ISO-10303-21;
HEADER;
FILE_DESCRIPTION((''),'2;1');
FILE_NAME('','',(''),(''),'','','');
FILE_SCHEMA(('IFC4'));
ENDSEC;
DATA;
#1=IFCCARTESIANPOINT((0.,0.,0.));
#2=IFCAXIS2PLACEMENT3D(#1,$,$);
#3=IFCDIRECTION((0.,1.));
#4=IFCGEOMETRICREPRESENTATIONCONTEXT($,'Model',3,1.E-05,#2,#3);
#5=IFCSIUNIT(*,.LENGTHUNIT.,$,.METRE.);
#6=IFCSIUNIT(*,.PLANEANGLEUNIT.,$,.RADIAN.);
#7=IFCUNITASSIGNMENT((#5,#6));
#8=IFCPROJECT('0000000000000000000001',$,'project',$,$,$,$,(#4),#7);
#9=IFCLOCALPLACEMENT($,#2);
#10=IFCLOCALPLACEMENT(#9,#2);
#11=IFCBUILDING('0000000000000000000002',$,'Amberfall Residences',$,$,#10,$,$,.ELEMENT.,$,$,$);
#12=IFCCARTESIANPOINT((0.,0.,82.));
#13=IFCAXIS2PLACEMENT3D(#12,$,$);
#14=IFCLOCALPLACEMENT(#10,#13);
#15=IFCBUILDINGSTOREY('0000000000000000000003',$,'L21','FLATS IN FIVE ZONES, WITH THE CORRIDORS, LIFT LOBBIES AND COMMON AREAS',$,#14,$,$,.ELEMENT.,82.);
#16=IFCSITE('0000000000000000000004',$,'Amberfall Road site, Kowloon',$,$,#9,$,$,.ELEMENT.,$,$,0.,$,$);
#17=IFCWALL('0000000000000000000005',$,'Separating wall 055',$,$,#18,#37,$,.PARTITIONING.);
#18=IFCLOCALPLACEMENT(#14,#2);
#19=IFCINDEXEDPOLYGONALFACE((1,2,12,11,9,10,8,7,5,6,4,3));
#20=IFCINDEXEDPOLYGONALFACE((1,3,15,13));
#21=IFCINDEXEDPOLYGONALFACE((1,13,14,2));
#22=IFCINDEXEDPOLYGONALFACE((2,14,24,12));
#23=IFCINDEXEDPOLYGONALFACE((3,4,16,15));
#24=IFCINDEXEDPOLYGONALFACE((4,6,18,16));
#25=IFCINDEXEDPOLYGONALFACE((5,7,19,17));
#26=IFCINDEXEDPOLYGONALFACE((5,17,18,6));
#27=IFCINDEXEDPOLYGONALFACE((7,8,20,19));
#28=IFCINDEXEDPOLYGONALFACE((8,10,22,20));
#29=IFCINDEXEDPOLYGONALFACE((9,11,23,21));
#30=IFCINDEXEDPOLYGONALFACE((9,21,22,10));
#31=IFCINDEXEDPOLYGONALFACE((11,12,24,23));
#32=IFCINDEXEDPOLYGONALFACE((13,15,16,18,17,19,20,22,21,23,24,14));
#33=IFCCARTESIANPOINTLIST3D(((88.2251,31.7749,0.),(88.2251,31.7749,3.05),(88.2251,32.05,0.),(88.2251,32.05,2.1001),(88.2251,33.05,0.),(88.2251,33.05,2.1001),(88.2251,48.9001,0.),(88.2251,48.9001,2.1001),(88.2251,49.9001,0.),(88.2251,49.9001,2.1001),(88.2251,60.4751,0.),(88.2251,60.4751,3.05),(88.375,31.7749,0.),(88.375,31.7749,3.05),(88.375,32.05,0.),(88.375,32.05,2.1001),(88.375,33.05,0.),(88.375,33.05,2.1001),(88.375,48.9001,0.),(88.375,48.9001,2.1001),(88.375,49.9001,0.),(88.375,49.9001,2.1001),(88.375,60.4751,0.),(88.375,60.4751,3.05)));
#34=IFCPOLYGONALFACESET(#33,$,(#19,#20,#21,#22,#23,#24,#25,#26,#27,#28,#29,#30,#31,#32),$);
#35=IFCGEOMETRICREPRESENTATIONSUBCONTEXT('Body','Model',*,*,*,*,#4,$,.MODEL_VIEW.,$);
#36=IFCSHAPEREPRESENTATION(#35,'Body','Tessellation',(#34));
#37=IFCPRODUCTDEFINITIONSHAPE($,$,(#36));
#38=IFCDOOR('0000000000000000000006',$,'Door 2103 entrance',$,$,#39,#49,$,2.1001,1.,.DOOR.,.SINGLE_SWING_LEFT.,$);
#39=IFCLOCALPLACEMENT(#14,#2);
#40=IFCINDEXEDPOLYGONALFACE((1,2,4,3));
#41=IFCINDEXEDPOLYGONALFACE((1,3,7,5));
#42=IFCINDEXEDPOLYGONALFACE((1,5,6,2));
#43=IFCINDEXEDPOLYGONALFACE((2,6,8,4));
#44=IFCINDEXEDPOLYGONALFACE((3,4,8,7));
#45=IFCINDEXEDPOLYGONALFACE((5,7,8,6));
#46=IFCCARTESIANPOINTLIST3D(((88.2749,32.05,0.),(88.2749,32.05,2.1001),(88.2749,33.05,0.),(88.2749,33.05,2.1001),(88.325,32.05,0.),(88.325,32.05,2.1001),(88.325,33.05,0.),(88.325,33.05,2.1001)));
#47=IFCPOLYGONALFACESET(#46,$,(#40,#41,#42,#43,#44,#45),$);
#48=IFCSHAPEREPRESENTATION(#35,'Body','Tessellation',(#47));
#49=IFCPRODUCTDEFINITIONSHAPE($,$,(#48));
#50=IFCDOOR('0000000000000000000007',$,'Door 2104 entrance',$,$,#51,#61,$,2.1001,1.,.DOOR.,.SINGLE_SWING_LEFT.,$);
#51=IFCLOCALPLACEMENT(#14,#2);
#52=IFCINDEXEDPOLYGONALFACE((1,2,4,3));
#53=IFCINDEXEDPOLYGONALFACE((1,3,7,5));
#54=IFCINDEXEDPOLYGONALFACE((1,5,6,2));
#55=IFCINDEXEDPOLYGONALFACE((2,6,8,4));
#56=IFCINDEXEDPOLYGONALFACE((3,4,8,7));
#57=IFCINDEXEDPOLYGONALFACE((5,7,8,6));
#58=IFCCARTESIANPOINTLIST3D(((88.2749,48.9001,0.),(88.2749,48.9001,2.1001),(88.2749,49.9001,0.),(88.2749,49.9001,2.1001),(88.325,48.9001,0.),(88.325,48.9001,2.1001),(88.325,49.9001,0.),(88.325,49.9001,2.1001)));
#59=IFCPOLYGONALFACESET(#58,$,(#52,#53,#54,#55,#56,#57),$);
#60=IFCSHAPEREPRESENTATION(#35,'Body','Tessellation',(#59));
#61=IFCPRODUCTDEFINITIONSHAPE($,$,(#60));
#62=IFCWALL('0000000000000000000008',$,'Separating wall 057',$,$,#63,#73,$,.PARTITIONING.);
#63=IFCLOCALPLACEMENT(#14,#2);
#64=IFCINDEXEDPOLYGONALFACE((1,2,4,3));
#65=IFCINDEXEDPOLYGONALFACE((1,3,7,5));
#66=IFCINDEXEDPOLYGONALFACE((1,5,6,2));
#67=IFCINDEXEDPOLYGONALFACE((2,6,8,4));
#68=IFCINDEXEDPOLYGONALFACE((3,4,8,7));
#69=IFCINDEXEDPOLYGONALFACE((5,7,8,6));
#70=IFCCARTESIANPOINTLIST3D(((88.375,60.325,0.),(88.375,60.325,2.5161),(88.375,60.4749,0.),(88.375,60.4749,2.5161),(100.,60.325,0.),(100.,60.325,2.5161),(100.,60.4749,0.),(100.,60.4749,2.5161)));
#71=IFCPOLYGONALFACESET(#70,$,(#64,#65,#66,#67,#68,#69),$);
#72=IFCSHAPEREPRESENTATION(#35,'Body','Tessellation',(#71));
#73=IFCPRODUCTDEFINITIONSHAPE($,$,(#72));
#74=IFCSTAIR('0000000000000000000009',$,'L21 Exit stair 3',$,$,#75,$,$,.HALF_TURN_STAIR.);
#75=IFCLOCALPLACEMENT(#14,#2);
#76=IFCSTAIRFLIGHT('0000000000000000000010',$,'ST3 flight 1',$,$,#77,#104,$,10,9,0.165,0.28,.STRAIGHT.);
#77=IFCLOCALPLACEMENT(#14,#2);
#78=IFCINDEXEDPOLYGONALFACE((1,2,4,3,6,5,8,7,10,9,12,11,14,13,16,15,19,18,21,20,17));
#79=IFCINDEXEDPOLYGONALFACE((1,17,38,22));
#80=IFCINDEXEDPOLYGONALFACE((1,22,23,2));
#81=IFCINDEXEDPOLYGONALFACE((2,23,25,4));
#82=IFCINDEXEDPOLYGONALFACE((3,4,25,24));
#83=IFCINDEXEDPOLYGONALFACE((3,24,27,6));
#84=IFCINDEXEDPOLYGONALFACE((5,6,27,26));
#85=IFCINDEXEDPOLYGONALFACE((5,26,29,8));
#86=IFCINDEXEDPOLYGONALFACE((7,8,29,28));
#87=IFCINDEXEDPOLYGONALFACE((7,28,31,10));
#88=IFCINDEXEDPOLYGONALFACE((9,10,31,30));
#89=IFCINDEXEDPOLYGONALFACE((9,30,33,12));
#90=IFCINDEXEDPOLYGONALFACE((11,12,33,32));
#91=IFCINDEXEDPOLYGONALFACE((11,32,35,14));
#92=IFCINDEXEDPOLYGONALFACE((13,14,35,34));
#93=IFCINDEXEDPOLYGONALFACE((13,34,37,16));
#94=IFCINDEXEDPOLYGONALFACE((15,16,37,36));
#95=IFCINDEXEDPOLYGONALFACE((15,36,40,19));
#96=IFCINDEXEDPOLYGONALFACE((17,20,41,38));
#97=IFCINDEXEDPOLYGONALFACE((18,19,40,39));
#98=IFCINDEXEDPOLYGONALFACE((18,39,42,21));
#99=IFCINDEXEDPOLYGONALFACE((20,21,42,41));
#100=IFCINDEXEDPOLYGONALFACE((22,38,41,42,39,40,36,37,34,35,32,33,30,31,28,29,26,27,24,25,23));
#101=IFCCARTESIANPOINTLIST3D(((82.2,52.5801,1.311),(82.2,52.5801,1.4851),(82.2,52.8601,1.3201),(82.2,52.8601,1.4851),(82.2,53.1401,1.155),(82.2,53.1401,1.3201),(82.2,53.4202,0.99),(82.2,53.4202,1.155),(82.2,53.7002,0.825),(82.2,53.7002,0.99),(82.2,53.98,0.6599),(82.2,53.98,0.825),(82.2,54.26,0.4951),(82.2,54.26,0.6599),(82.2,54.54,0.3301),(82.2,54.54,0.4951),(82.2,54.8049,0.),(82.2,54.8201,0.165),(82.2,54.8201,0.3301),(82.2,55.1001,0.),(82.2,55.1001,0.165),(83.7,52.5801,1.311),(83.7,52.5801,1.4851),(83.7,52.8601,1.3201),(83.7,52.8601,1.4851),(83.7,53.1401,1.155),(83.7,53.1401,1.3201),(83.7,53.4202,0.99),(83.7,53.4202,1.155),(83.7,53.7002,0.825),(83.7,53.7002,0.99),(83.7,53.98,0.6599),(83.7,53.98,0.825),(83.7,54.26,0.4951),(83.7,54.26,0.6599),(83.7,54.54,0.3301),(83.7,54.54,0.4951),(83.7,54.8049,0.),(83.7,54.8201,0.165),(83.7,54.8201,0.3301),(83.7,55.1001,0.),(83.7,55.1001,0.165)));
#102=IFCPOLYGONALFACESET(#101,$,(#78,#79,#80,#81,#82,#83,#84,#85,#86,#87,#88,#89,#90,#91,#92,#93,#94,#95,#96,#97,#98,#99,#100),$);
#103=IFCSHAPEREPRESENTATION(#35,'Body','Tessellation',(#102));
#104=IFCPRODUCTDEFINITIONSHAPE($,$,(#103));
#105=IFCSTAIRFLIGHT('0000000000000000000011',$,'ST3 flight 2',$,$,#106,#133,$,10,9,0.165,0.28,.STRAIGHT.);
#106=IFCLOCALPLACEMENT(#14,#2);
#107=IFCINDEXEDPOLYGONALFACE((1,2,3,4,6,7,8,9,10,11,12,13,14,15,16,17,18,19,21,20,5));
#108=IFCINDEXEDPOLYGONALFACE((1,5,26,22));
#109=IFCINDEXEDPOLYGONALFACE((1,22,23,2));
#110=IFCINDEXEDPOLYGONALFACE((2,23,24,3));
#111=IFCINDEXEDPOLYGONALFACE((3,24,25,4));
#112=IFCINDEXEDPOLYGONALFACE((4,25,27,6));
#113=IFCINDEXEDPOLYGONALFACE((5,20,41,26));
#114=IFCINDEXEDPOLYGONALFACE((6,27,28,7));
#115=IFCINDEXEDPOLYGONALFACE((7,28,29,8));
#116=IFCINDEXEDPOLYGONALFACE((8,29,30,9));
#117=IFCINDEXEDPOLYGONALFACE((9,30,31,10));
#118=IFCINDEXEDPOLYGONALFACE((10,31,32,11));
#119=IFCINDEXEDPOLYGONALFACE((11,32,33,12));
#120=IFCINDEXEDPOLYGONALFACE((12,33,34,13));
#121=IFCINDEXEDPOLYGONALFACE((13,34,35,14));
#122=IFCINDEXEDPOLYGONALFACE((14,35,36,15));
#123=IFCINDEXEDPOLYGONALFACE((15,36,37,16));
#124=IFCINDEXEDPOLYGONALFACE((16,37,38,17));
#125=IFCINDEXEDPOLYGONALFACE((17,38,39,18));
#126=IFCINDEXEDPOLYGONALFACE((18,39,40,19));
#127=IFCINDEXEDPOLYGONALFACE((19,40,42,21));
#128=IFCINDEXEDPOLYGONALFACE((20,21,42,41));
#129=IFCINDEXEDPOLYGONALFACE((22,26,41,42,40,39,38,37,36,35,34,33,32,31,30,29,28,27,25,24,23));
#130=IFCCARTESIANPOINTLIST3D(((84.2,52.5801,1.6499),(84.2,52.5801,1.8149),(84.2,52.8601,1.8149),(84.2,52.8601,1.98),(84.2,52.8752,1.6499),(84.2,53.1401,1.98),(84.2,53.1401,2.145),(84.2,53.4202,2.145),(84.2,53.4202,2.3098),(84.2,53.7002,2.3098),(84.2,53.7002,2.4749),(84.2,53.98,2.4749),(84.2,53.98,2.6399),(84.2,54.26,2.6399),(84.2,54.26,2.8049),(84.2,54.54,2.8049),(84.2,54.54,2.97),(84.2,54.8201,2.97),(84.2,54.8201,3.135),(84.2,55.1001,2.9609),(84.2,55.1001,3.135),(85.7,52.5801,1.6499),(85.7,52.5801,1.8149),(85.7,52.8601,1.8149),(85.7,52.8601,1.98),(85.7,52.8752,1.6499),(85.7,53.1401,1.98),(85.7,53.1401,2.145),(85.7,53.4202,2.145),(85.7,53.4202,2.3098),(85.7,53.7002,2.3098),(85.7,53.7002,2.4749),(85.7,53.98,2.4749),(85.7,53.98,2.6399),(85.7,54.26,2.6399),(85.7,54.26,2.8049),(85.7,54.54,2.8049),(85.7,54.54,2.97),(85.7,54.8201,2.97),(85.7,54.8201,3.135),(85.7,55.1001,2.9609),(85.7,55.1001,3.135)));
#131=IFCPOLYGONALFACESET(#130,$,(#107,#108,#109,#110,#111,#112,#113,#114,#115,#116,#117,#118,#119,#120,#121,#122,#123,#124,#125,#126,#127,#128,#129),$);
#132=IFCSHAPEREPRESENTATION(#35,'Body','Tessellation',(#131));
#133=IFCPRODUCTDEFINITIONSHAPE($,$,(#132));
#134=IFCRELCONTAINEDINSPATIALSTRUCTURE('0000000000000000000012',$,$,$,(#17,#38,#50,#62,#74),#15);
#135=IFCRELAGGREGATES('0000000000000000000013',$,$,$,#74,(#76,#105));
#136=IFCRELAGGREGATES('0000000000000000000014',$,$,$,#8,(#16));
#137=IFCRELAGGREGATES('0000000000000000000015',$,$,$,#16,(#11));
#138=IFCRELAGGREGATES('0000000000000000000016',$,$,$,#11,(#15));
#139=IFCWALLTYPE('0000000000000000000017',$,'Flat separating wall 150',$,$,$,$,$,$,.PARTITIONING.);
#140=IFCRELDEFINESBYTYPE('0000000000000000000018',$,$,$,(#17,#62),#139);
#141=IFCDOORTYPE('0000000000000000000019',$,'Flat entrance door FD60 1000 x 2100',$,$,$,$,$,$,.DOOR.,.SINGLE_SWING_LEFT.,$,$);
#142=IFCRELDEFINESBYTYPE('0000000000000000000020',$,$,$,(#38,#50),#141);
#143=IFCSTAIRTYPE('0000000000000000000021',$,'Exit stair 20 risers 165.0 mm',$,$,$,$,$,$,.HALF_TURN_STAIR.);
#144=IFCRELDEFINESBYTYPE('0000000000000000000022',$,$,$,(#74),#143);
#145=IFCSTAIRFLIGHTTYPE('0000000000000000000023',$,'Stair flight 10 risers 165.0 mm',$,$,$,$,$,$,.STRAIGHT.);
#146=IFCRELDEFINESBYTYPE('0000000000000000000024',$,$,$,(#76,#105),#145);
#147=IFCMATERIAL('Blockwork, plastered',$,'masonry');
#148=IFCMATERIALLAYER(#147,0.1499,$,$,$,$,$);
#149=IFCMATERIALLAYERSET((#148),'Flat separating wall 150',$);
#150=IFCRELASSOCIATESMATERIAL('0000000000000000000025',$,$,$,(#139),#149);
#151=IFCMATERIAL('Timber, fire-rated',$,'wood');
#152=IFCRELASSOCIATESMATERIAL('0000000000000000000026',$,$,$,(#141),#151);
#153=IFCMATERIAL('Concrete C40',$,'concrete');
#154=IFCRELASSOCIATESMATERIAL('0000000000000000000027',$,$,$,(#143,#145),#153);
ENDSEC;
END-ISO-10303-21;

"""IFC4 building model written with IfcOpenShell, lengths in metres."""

from ifc_helpers import new_model, si_unit, direction, frame, frame_2d, origin, place, context, subcontext, project, spatial, polyline, rectangle, outline, extrude, material, layer, layer_set, type_object, element, fill, aggregate, save


model = new_model("IFC4")

# Units and contexts
model_context = context("Model", 3, precision=1e-05, world=origin(), true_north=direction((0.0, 1.0)))
body_context = subcontext(model_context, "Body", "Model", "MODEL_VIEW")
ifc_project = project(units=[si_unit("LENGTHUNIT", "METRE"), si_unit("PLANEANGLEUNIT", "RADIAN")], contexts=[model_context])

# Site, building, storey
site_placement = place(None, origin())
site = spatial("IfcSite", under=ifc_project, at=site_placement, Name="Amberfall Road site, Kowloon", CompositionType="ELEMENT", RefElevation=0.0)
building_placement = place(site_placement, origin())
building = spatial("IfcBuilding", under=site, at=building_placement, Name="Amberfall Residences", CompositionType="ELEMENT")
storey_placement = place(building_placement, frame((0.0, 0.0, 82.0)))
storey = spatial("IfcBuildingStorey", under=building, at=storey_placement, Name="L21", Description="FLATS IN FIVE ZONES, WITH THE CORRIDORS, LIFT LOBBIES AND COMMON AREAS", CompositionType="ELEMENT", Elevation=82.0)

# Wall, openings, doors
ifc_material_1 = material(Name="Blockwork, plastered", Category="masonry")
ifc_layer_1 = layer(ifc_material_1, 0.1499)
ifc_layer_set_1 = layer_set([ifc_layer_1], Name="Flat separating wall 150")
wall_type_1 = type_object("IfcWallType", Name="Flat separating wall 150", PredefinedType="PARTITIONING", material=ifc_layer_set_1)
wall_1_placement = place(storey_placement, frame((88.3, 60.4751, 0.0), z_axis=(0.0, 0.0, 1.0), x_axis=(0.0, -1.0, 0.0)))
wall_1 = element("IfcWall", 1, at=wall_1_placement, inside=storey, type_object=wall_type_1, Name="Separating wall 055", PredefinedType="PARTITIONING", context=body_context, shape_type="SweptSolid", body=[
    extrude(rectangle(XDim=28.7002, YDim=0.1499, at=frame_2d((14.3501, 0.0))), origin(), (0.0, 0.0, 1.0), 3.05),
])
opening_1_placement = place(wall_1_placement, frame((27.425, 0.0, 0.0)))
opening_1 = element("IfcOpeningElement", 2, at=opening_1_placement, cuts=wall_1, PredefinedType="OPENING", context=body_context, shape_type="SweptSolid", body=[
    extrude(rectangle(XDim=1.0, YDim=2.1001, at=frame_2d((0.5, 1.05))), frame((0.0, 0.085, 0.0), z_axis=(0.0, -1.0, 0.0), x_axis=(1.0, 0.0, 0.0)), (0.0, 0.0, 1.0), 0.1699),
])
opening_2_placement = place(wall_1_placement, frame((10.575, 0.0, 0.0)))
opening_2 = element("IfcOpeningElement", 3, at=opening_2_placement, cuts=wall_1, PredefinedType="OPENING", context=body_context, shape_type="SweptSolid", body=[
    extrude(rectangle(XDim=1.0, YDim=2.1001, at=frame_2d((0.5, 1.05))), frame((0.0, 0.085, 0.0), z_axis=(0.0, -1.0, 0.0), x_axis=(1.0, 0.0, 0.0)), (0.0, 0.0, 1.0), 0.1699),
])
ifc_material_2 = material(Name="Timber, fire-rated", Category="wood")
door_type_1 = type_object("IfcDoorType", Name="Flat entrance door FD60 1000 x 2100", OperationType="SINGLE_SWING_LEFT", PredefinedType="DOOR", material=ifc_material_2)
door_1_placement = place(opening_1_placement, origin())
door_1 = element("IfcDoor", 4, at=door_1_placement, inside=storey, type_object=door_type_1, Name="Door 2103 entrance", OperationType="SINGLE_SWING_LEFT", OverallHeight=2.1001, OverallWidth=1.0, PredefinedType="DOOR", context=body_context, shape_type="SweptSolid", body=[
    extrude(rectangle(XDim=1.0, YDim=2.1001, at=frame_2d((0.5, 1.05))), frame((0.0, 0.0249, 0.0), z_axis=(0.0, -1.0, 0.0), x_axis=(1.0, 0.0, 0.0)), (0.0, 0.0, 1.0), 0.05),
])
fill(opening_1, door_1)
door_2_placement = place(opening_2_placement, origin())
door_2 = element("IfcDoor", 5, at=door_2_placement, inside=storey, type_object=door_type_1, Name="Door 2104 entrance", OperationType="SINGLE_SWING_LEFT", OverallHeight=2.1001, OverallWidth=1.0, PredefinedType="DOOR", context=body_context, shape_type="SweptSolid", body=[
    extrude(rectangle(XDim=1.0, YDim=2.1001, at=frame_2d((0.5, 1.05))), frame((0.0, 0.0249, 0.0), z_axis=(0.0, -1.0, 0.0), x_axis=(1.0, 0.0, 0.0)), (0.0, 0.0, 1.0), 0.05),
])
fill(opening_2, door_2)

# Wall
wall_2_placement = place(storey_placement, frame((88.375, 60.3999, 0.0), z_axis=(0.0, 0.0, 1.0), x_axis=(1.0, 0.0, 0.0)))
element("IfcWall", 6, at=wall_2_placement, inside=storey, type_object=wall_type_1, Name="Separating wall 057", PredefinedType="PARTITIONING", context=body_context, shape_type="SweptSolid", body=[
    extrude(rectangle(XDim=11.625, YDim=0.1499, at=frame_2d((5.8125, 0.0))), origin(), (0.0, 0.0, 1.0), 2.5161),
])

# Stair, stair flights
ifc_material_3 = material(Name="Concrete C40", Category="concrete")
stair_type = type_object("IfcStairType", Name="Exit stair 20 risers 165.0 mm", PredefinedType="HALF_TURN_STAIR", material=ifc_material_3)
stair_placement = place(storey_placement, origin())
stair = element("IfcStair", 7, at=stair_placement, inside=storey, type_object=stair_type, Name="L21 Exit stair 3", PredefinedType="HALF_TURN_STAIR")
stair_flight_type = type_object("IfcStairFlightType", Name="Stair flight 10 risers 165.0 mm", PredefinedType="STRAIGHT", material=ifc_material_3)
stair_flight_1_placement = place(storey_placement, frame((82.95, 55.1001, 0.0), z_axis=(0.0, 0.0, 1.0), x_axis=(0.0, -1.0, 0.0)))
stair_flight_1 = element("IfcStairFlight", 8, at=stair_flight_1_placement, type_object=stair_flight_type, Name="ST3 flight 1", NumberOfRisers=10, NumberOfTreads=9, PredefinedType="STRAIGHT", RiserHeight=0.165, TreadLength=0.28, context=body_context, shape_type="SweptSolid", body=[
    extrude(outline(polyline([(0.0, 0.0), (0.0, 0.165), (0.28, 0.165), (0.28, 0.3301), (0.5601, 0.3301), (0.5601, 0.4951), (0.8401, 0.4951), (0.8401, 0.6599), (1.1201, 0.6599), (1.1201, 0.825), (1.3999, 0.825), (1.3999, 0.99), (1.6799, 0.99), (1.6799, 1.155), (1.96, 1.155), (1.96, 1.3201), (2.24, 1.3201), (2.24, 1.4851), (2.52, 1.4851), (2.52, 1.6499), (2.52, 1.311), (0.2952, 0.0), (0.0, 0.0)])), frame((0.0, 0.75, 0.0), z_axis=(0.0, -1.0, 0.0), x_axis=(1.0, 0.0, 0.0)), (0.0, 0.0, 1.0), 1.5),
])
stair_flight_2_placement = place(storey_placement, frame((84.95, 52.5801, 1.6499), z_axis=(0.0, 0.0, 1.0), x_axis=(0.0, 1.0, 0.0)))
stair_flight_2 = element("IfcStairFlight", 9, at=stair_flight_2_placement, type_object=stair_flight_type, Name="ST3 flight 2", NumberOfRisers=10, NumberOfTreads=9, PredefinedType="STRAIGHT", RiserHeight=0.165, TreadLength=0.28, context=body_context, shape_type="SweptSolid", body=[
    extrude(outline(polyline([(0.0, 0.0), (0.0, 0.165), (0.28, 0.165), (0.28, 0.3301), (0.5601, 0.3301), (0.5601, 0.4951), (0.8401, 0.4951), (0.8401, 0.6599), (1.1201, 0.6599), (1.1201, 0.825), (1.3999, 0.825), (1.3999, 0.99), (1.6799, 0.99), (1.6799, 1.155), (1.96, 1.155), (1.96, 1.3201), (2.24, 1.3201), (2.24, 1.4851), (2.52, 1.4851), (2.52, 1.6499), (2.52, 1.311), (0.2952, 0.0), (0.0, 0.0)])), frame((0.0, 0.75, 0.0), z_axis=(0.0, -1.0, 0.0), x_axis=(1.0, 0.0, 0.0)), (0.0, 0.0, 1.0), 1.5),
])
aggregate(stair, [stair_flight_1, stair_flight_2])

save(model, "model.ifc")
